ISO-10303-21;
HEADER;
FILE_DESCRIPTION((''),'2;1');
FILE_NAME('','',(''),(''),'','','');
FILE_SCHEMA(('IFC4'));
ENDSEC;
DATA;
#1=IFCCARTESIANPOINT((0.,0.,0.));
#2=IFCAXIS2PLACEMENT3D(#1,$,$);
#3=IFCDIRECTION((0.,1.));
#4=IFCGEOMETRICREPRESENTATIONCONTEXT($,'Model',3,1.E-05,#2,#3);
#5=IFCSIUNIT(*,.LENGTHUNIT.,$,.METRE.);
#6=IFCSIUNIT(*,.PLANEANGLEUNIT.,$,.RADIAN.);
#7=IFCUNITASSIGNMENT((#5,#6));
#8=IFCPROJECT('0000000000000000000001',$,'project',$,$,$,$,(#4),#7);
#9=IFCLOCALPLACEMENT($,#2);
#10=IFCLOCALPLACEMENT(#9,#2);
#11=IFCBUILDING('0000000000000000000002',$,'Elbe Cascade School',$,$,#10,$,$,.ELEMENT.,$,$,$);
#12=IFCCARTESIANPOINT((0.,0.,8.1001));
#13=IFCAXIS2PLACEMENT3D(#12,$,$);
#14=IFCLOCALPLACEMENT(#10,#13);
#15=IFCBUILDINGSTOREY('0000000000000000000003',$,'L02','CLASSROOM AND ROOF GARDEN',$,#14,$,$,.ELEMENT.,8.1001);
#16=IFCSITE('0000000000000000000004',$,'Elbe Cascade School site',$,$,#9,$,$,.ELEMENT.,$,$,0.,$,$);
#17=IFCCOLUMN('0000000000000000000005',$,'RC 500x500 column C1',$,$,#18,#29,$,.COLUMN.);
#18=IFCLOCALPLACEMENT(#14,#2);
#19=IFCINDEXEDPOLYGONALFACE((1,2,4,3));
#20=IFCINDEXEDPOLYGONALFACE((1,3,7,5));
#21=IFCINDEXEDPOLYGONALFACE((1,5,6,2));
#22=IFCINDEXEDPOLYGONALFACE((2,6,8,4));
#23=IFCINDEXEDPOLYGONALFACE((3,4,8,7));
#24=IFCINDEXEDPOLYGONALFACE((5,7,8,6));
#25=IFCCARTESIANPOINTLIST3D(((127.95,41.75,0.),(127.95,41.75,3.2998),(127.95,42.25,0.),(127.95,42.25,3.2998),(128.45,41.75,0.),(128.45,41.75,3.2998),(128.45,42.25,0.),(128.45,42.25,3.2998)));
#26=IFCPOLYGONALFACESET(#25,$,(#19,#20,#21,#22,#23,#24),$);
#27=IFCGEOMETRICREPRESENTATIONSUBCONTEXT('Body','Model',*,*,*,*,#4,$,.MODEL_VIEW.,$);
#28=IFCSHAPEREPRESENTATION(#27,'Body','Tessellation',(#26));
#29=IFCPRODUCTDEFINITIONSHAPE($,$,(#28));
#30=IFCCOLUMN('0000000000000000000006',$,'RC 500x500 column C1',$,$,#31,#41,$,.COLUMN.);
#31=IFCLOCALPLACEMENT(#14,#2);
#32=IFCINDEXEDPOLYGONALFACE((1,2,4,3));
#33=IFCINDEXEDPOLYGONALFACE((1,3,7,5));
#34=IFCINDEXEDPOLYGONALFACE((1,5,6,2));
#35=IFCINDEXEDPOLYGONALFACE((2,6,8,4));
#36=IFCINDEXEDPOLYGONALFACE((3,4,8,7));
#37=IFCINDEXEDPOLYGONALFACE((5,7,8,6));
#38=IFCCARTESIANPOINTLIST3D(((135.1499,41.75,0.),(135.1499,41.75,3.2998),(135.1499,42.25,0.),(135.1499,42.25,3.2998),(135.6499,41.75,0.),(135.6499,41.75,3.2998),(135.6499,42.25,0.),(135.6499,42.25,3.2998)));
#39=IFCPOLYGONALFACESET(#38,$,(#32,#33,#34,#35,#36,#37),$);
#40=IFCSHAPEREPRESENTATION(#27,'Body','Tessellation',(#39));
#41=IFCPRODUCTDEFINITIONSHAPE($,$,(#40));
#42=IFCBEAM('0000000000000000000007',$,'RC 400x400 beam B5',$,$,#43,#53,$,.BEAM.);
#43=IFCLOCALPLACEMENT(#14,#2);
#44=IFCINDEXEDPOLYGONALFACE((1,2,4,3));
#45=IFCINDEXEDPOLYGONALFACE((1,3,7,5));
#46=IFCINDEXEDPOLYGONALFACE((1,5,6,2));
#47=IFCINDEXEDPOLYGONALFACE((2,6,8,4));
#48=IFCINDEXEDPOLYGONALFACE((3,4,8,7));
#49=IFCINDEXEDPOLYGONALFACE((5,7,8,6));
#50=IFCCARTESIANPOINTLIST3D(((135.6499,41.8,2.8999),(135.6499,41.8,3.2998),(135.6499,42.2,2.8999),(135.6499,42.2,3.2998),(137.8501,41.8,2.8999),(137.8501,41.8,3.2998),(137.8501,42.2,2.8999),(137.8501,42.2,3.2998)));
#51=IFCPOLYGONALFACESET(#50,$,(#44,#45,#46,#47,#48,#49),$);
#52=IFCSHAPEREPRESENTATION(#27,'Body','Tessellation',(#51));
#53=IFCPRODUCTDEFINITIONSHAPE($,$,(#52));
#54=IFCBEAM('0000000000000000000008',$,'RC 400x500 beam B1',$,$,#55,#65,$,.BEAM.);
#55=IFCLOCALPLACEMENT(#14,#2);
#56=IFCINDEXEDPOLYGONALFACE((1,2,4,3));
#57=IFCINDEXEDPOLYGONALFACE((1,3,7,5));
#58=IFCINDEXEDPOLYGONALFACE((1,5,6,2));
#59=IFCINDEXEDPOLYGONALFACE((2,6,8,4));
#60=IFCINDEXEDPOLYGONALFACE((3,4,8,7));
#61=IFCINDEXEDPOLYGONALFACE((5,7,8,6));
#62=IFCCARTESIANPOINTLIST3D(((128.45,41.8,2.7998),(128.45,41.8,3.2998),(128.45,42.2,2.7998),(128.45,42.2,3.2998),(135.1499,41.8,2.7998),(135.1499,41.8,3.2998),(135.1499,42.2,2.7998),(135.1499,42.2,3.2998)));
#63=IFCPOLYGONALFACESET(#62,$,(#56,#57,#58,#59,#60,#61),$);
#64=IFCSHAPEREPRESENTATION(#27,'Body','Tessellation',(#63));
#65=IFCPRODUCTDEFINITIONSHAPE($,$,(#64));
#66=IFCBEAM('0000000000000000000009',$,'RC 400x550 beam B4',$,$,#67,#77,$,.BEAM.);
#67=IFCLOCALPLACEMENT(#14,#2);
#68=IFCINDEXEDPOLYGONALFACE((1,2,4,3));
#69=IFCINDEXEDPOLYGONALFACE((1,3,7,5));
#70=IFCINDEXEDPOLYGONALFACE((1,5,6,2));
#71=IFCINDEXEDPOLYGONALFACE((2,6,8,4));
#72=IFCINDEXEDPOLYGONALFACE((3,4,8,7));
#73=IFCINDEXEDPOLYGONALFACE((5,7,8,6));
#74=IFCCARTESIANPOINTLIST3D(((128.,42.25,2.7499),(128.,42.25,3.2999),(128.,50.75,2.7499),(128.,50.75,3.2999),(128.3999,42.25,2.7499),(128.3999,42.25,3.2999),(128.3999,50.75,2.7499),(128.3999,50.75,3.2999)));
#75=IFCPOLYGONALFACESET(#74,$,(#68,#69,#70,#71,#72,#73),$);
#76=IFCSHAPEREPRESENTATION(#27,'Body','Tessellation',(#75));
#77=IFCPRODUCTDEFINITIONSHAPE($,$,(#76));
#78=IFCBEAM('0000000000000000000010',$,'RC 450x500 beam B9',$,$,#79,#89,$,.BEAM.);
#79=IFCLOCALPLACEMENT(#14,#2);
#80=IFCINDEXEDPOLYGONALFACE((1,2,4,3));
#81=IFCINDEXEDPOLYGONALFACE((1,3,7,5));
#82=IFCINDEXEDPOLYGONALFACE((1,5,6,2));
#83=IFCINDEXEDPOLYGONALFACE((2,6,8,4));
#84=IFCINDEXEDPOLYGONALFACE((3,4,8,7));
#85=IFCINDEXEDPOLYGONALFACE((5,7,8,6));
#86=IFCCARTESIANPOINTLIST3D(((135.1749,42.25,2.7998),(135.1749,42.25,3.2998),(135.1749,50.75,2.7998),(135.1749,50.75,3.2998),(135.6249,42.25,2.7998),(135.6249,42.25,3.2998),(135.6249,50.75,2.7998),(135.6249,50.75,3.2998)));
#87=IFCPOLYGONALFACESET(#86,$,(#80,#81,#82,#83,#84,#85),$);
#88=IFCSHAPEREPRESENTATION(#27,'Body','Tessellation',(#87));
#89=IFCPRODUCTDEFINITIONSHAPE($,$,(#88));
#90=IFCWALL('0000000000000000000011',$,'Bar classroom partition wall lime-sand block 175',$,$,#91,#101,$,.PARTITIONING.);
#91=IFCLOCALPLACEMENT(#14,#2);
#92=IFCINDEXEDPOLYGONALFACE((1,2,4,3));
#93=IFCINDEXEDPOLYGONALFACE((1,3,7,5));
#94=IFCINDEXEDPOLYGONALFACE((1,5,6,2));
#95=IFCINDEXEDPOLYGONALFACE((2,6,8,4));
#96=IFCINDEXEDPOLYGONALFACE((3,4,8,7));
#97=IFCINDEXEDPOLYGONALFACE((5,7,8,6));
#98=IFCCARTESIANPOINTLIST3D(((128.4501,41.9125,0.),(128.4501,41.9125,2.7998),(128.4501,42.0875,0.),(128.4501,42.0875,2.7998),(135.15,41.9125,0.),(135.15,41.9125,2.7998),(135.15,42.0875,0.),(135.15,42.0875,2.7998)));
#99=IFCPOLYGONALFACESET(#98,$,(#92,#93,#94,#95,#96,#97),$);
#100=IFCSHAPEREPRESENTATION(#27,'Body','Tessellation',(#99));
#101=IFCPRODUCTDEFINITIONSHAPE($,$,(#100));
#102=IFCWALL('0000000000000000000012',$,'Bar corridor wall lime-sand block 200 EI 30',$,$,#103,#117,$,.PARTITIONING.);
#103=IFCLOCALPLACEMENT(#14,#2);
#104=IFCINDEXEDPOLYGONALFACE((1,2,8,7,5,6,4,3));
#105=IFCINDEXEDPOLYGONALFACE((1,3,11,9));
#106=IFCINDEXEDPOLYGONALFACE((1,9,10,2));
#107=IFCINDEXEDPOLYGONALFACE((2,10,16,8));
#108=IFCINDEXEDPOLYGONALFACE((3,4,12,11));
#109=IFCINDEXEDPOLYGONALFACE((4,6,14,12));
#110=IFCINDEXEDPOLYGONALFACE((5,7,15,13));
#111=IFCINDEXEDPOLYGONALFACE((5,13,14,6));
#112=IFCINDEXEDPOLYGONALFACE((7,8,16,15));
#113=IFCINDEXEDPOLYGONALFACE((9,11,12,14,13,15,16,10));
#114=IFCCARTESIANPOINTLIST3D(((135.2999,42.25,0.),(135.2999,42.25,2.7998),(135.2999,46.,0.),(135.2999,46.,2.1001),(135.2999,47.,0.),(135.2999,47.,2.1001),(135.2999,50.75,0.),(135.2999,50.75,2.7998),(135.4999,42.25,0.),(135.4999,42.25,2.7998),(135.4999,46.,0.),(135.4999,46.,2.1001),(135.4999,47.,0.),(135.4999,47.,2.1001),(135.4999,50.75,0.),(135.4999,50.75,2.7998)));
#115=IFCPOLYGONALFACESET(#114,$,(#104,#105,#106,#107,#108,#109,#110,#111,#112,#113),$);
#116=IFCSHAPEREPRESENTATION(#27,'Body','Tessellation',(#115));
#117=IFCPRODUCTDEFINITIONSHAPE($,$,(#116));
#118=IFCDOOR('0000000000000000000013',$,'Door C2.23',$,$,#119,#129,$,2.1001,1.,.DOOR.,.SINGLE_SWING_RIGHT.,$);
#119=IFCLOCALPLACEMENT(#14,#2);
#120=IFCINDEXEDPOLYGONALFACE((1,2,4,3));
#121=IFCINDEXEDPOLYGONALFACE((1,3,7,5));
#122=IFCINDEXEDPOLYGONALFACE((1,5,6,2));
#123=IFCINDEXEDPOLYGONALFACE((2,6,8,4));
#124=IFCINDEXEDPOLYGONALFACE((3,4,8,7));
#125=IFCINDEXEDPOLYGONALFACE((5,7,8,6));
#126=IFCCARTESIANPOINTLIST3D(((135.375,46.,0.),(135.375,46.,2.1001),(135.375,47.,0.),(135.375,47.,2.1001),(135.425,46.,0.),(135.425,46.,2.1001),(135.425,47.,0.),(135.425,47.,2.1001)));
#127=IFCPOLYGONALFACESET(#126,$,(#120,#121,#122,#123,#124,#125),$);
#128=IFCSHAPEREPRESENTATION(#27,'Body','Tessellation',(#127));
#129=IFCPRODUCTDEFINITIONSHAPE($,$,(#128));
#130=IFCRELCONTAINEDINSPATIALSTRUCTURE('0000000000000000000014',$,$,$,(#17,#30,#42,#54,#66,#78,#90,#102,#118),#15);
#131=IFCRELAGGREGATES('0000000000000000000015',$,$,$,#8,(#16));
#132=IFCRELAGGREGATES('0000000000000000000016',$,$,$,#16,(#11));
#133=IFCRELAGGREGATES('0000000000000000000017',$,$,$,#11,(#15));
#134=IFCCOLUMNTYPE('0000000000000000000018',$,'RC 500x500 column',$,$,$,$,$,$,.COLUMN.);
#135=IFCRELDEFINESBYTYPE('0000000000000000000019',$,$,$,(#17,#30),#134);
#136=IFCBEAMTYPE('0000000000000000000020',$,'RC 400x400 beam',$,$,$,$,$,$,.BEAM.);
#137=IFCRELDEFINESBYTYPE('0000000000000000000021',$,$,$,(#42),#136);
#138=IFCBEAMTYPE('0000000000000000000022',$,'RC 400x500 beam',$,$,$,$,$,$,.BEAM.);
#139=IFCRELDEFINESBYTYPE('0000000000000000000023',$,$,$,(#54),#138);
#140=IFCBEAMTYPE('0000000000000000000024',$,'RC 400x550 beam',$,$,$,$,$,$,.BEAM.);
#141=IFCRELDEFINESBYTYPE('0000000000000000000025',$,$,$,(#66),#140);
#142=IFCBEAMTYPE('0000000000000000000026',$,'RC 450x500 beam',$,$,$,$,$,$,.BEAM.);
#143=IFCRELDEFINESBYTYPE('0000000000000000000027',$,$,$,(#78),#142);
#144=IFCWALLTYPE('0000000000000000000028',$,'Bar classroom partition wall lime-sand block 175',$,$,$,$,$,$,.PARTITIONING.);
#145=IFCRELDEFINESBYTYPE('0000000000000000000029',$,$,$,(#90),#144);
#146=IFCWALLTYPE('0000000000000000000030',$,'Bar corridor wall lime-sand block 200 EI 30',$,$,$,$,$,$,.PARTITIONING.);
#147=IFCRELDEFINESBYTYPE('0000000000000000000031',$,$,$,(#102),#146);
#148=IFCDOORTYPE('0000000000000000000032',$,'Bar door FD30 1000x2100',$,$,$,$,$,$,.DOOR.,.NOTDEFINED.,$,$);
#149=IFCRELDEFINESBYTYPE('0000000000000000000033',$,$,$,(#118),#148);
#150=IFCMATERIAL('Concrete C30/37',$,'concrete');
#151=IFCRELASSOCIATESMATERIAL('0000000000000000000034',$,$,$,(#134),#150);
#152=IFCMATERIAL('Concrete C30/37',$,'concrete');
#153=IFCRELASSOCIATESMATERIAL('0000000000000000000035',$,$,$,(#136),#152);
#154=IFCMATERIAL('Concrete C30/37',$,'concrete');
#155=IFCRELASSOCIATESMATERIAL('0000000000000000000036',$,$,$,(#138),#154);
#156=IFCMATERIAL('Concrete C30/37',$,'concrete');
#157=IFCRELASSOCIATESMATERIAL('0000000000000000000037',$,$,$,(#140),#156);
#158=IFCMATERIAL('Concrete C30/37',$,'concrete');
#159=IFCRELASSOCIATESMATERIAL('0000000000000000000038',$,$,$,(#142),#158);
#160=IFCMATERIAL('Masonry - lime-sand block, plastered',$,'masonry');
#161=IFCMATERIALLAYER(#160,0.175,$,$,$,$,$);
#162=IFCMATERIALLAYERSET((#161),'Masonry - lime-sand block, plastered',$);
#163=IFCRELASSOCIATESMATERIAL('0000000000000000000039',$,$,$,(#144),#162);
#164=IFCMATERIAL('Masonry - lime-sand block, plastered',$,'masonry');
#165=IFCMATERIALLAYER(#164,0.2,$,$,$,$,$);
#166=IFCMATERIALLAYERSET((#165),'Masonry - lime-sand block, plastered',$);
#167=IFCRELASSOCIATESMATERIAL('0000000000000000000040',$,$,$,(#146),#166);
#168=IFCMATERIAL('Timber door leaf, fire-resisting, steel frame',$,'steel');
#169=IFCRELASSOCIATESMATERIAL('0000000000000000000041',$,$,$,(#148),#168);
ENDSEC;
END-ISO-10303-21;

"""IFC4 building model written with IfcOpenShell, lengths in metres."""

from ifc_helpers import new_model, si_unit, direction, frame, frame_2d, origin, origin_2d, place, context, subcontext, project, spatial, rectangle, extrude, material, layer, layer_set, material_profile, profile_set, type_object, element, fill, save


model = new_model("IFC4")

# Units and contexts
model_context = context("Model", 3, precision=1e-05, world=origin(), true_north=direction((0.0, 1.0)))
body_context = subcontext(model_context, "Body", "Model", "MODEL_VIEW")
ifc_project = project(units=[si_unit("LENGTHUNIT", "METRE"), si_unit("PLANEANGLEUNIT", "RADIAN")], contexts=[model_context])

# Site, building, storey
site_placement = place(None, origin())
site = spatial("IfcSite", under=ifc_project, at=site_placement, Name="Elbe Cascade School site", CompositionType="ELEMENT", RefElevation=0.0)
building_placement = place(site_placement, origin())
building = spatial("IfcBuilding", under=site, at=building_placement, Name="Elbe Cascade School", CompositionType="ELEMENT")
storey_placement = place(building_placement, frame((0.0, 0.0, 8.1001)))
storey = spatial("IfcBuildingStorey", under=building, at=storey_placement, Name="L02", Description="CLASSROOM AND ROOF GARDEN", CompositionType="ELEMENT", Elevation=8.1001)

# Columns
ifc_material_1 = material(Name="Concrete C30/37", Category="concrete")
ifc_material_profile_1 = material_profile(ifc_material_1, rectangle(XDim=0.5, YDim=0.5, at=origin_2d()), Name="RC 500x500")
ifc_profile_set_1 = profile_set([ifc_material_profile_1], Name="Concrete C30/37")
column_type = type_object("IfcColumnType", Name="RC 500x500 column", PredefinedType="COLUMN", material=ifc_profile_set_1)
for number, where, z_axis, x_axis, name in (
    (1, (128.2, 42.0, 0.0), (0.0, 0.0, 1.0), (1.0, 0.0, 0.0), "RC 500x500 column C1"),
    (2, (135.3999, 42.0, 0.0), (0.0, 0.0, 1.0), (1.0, 0.0, 0.0), "RC 500x500 column C1"),
):
    element("IfcColumn", number, at=place(storey_placement, frame(where, z_axis=z_axis, x_axis=x_axis)), inside=storey, type_object=column_type, Name=name, PredefinedType="COLUMN", context=body_context, shape_type="SweptSolid", body=[
        extrude(rectangle(XDim=0.5, YDim=0.5, at=origin_2d()), origin(), (0.0, 0.0, 1.0), 3.2998),
    ])

# Beams
ifc_material_2 = material(Name="Concrete C30/37", Category="concrete")
ifc_material_profile_2 = material_profile(ifc_material_2, rectangle(XDim=0.3999, YDim=0.3999, at=origin_2d()), Name="RC 400x400")
ifc_profile_set_2 = profile_set([ifc_material_profile_2], Name="Concrete C30/37")
beam_type_1 = type_object("IfcBeamType", Name="RC 400x400 beam", PredefinedType="BEAM", material=ifc_profile_set_2)
beam_1_placement = place(storey_placement, frame((135.6499, 42.0, 3.0999), z_axis=(1.0, 0.0, 0.0), x_axis=(0.0, 1.0, 0.0)))
element("IfcBeam", 3, at=beam_1_placement, inside=storey, type_object=beam_type_1, Name="RC 400x400 beam B5", PredefinedType="BEAM", context=body_context, shape_type="SweptSolid", body=[
    extrude(rectangle(XDim=0.3999, YDim=0.3999, at=origin_2d()), origin(), (0.0, 0.0, 1.0), 2.2002),
])
ifc_material_3 = material(Name="Concrete C30/37", Category="concrete")
ifc_material_profile_3 = material_profile(ifc_material_3, rectangle(XDim=0.3999, YDim=0.5, at=origin_2d()), Name="RC 400x500")
ifc_profile_set_3 = profile_set([ifc_material_profile_3], Name="Concrete C30/37")
beam_type_2 = type_object("IfcBeamType", Name="RC 400x500 beam", PredefinedType="BEAM", material=ifc_profile_set_3)
beam_2_placement = place(storey_placement, frame((128.45, 42.0, 3.0498), z_axis=(1.0, 0.0, 0.0), x_axis=(0.0, 1.0, 0.0)))
element("IfcBeam", 4, at=beam_2_placement, inside=storey, type_object=beam_type_2, Name="RC 400x500 beam B1", PredefinedType="BEAM", context=body_context, shape_type="SweptSolid", body=[
    extrude(rectangle(XDim=0.3999, YDim=0.5, at=origin_2d()), origin(), (0.0, 0.0, 1.0), 6.7),
])
ifc_material_4 = material(Name="Concrete C30/37", Category="concrete")
ifc_material_profile_4 = material_profile(ifc_material_4, rectangle(XDim=0.3999, YDim=0.55, at=origin_2d()), Name="RC 400x550")
ifc_profile_set_4 = profile_set([ifc_material_profile_4], Name="Concrete C30/37")
beam_type_3 = type_object("IfcBeamType", Name="RC 400x550 beam", PredefinedType="BEAM", material=ifc_profile_set_4)
beam_3_placement = place(storey_placement, frame((128.2, 42.25, 3.0249), z_axis=(0.0, 1.0, 0.0), x_axis=(-1.0, 0.0, 0.0)))
element("IfcBeam", 5, at=beam_3_placement, inside=storey, type_object=beam_type_3, Name="RC 400x550 beam B4", PredefinedType="BEAM", context=body_context, shape_type="SweptSolid", body=[
    extrude(rectangle(XDim=0.3999, YDim=0.55, at=origin_2d()), origin(), (0.0, 0.0, 1.0), 8.5),
])
ifc_material_5 = material(Name="Concrete C30/37", Category="concrete")
ifc_material_profile_5 = material_profile(ifc_material_5, rectangle(XDim=0.45, YDim=0.5, at=origin_2d()), Name="RC 450x500")
ifc_profile_set_5 = profile_set([ifc_material_profile_5], Name="Concrete C30/37")
beam_type_4 = type_object("IfcBeamType", Name="RC 450x500 beam", PredefinedType="BEAM", material=ifc_profile_set_5)
beam_4_placement = place(storey_placement, frame((135.3999, 42.25, 3.0498), z_axis=(0.0, 1.0, 0.0), x_axis=(-1.0, 0.0, 0.0)))
element("IfcBeam", 6, at=beam_4_placement, inside=storey, type_object=beam_type_4, Name="RC 450x500 beam B9", PredefinedType="BEAM", context=body_context, shape_type="SweptSolid", body=[
    extrude(rectangle(XDim=0.45, YDim=0.5, at=origin_2d()), origin(), (0.0, 0.0, 1.0), 8.5),
])

# Wall
ifc_material_6 = material(Name="Masonry - lime-sand block, plastered", Category="masonry")
ifc_layer_1 = layer(ifc_material_6, 0.175)
ifc_layer_set_1 = layer_set([ifc_layer_1], Name="Masonry - lime-sand block, plastered")
wall_type_1 = type_object("IfcWallType", Name="Bar classroom partition wall lime-sand block 175", PredefinedType="PARTITIONING", material=ifc_layer_set_1)
wall_1_placement = place(storey_placement, frame((128.45, 42.0, 0.0), z_axis=(0.0, 0.0, 1.0), x_axis=(1.0, 0.0, 0.0)))
element("IfcWall", 7, at=wall_1_placement, inside=storey, type_object=wall_type_1, Name="Bar classroom partition wall lime-sand block 175", PredefinedType="PARTITIONING", context=body_context, shape_type="SweptSolid", body=[
    extrude(rectangle(XDim=6.7, YDim=0.175, at=frame_2d((3.3501, 0.0))), origin(), (0.0, 0.0, 1.0), 2.7998),
])

# Wall, opening, door
ifc_material_7 = material(Name="Masonry - lime-sand block, plastered", Category="masonry")
ifc_layer_2 = layer(ifc_material_7, 0.2)
ifc_layer_set_2 = layer_set([ifc_layer_2], Name="Masonry - lime-sand block, plastered")
wall_type_2 = type_object("IfcWallType", Name="Bar corridor wall lime-sand block 200 EI 30", PredefinedType="PARTITIONING", material=ifc_layer_set_2)
wall_2_placement = place(storey_placement, frame((135.3999, 42.25, 0.0), z_axis=(0.0, 0.0, 1.0), x_axis=(0.0, 1.0, 0.0)))
wall_2 = element("IfcWall", 8, at=wall_2_placement, inside=storey, type_object=wall_type_2, Name="Bar corridor wall lime-sand block 200 EI 30", PredefinedType="PARTITIONING", context=body_context, shape_type="SweptSolid", body=[
    extrude(rectangle(XDim=8.5, YDim=0.2, at=frame_2d((4.25, 0.0))), origin(), (0.0, 0.0, 1.0), 2.7998),
])
opening_1_placement = place(wall_2_placement, frame((3.75, 0.0, 0.0)))
opening_1 = element("IfcOpeningElement", 9, at=opening_1_placement, cuts=wall_2, PredefinedType="OPENING", context=body_context, shape_type="SweptSolid", body=[
    extrude(rectangle(XDim=1.0, YDim=2.1001, at=frame_2d((0.5, 1.05))), frame((0.0, 0.1099, 0.0), z_axis=(0.0, -1.0, 0.0), x_axis=(1.0, 0.0, 0.0)), (0.0, 0.0, 1.0), 0.22),
])
ifc_material_8 = material(Name="Timber door leaf, fire-resisting, steel frame", Category="steel")
door_type = type_object("IfcDoorType", Name="Bar door FD30 1000x2100", OperationType="NOTDEFINED", PredefinedType="DOOR", material=ifc_material_8)
door_placement = place(opening_1_placement, origin())
door = element("IfcDoor", 10, at=door_placement, inside=storey, type_object=door_type, Name="Door C2.23", OperationType="SINGLE_SWING_RIGHT", OverallHeight=2.1001, OverallWidth=1.0, PredefinedType="DOOR", context=body_context, shape_type="SweptSolid", body=[
    extrude(rectangle(XDim=1.0, YDim=2.1001, at=frame_2d((0.5, 1.05))), frame((0.0, 0.0249, 0.0), z_axis=(0.0, -1.0, 0.0), x_axis=(1.0, 0.0, 0.0)), (0.0, 0.0, 1.0), 0.05),
])
fill(opening_1, door)

save(model, "model.ifc")
